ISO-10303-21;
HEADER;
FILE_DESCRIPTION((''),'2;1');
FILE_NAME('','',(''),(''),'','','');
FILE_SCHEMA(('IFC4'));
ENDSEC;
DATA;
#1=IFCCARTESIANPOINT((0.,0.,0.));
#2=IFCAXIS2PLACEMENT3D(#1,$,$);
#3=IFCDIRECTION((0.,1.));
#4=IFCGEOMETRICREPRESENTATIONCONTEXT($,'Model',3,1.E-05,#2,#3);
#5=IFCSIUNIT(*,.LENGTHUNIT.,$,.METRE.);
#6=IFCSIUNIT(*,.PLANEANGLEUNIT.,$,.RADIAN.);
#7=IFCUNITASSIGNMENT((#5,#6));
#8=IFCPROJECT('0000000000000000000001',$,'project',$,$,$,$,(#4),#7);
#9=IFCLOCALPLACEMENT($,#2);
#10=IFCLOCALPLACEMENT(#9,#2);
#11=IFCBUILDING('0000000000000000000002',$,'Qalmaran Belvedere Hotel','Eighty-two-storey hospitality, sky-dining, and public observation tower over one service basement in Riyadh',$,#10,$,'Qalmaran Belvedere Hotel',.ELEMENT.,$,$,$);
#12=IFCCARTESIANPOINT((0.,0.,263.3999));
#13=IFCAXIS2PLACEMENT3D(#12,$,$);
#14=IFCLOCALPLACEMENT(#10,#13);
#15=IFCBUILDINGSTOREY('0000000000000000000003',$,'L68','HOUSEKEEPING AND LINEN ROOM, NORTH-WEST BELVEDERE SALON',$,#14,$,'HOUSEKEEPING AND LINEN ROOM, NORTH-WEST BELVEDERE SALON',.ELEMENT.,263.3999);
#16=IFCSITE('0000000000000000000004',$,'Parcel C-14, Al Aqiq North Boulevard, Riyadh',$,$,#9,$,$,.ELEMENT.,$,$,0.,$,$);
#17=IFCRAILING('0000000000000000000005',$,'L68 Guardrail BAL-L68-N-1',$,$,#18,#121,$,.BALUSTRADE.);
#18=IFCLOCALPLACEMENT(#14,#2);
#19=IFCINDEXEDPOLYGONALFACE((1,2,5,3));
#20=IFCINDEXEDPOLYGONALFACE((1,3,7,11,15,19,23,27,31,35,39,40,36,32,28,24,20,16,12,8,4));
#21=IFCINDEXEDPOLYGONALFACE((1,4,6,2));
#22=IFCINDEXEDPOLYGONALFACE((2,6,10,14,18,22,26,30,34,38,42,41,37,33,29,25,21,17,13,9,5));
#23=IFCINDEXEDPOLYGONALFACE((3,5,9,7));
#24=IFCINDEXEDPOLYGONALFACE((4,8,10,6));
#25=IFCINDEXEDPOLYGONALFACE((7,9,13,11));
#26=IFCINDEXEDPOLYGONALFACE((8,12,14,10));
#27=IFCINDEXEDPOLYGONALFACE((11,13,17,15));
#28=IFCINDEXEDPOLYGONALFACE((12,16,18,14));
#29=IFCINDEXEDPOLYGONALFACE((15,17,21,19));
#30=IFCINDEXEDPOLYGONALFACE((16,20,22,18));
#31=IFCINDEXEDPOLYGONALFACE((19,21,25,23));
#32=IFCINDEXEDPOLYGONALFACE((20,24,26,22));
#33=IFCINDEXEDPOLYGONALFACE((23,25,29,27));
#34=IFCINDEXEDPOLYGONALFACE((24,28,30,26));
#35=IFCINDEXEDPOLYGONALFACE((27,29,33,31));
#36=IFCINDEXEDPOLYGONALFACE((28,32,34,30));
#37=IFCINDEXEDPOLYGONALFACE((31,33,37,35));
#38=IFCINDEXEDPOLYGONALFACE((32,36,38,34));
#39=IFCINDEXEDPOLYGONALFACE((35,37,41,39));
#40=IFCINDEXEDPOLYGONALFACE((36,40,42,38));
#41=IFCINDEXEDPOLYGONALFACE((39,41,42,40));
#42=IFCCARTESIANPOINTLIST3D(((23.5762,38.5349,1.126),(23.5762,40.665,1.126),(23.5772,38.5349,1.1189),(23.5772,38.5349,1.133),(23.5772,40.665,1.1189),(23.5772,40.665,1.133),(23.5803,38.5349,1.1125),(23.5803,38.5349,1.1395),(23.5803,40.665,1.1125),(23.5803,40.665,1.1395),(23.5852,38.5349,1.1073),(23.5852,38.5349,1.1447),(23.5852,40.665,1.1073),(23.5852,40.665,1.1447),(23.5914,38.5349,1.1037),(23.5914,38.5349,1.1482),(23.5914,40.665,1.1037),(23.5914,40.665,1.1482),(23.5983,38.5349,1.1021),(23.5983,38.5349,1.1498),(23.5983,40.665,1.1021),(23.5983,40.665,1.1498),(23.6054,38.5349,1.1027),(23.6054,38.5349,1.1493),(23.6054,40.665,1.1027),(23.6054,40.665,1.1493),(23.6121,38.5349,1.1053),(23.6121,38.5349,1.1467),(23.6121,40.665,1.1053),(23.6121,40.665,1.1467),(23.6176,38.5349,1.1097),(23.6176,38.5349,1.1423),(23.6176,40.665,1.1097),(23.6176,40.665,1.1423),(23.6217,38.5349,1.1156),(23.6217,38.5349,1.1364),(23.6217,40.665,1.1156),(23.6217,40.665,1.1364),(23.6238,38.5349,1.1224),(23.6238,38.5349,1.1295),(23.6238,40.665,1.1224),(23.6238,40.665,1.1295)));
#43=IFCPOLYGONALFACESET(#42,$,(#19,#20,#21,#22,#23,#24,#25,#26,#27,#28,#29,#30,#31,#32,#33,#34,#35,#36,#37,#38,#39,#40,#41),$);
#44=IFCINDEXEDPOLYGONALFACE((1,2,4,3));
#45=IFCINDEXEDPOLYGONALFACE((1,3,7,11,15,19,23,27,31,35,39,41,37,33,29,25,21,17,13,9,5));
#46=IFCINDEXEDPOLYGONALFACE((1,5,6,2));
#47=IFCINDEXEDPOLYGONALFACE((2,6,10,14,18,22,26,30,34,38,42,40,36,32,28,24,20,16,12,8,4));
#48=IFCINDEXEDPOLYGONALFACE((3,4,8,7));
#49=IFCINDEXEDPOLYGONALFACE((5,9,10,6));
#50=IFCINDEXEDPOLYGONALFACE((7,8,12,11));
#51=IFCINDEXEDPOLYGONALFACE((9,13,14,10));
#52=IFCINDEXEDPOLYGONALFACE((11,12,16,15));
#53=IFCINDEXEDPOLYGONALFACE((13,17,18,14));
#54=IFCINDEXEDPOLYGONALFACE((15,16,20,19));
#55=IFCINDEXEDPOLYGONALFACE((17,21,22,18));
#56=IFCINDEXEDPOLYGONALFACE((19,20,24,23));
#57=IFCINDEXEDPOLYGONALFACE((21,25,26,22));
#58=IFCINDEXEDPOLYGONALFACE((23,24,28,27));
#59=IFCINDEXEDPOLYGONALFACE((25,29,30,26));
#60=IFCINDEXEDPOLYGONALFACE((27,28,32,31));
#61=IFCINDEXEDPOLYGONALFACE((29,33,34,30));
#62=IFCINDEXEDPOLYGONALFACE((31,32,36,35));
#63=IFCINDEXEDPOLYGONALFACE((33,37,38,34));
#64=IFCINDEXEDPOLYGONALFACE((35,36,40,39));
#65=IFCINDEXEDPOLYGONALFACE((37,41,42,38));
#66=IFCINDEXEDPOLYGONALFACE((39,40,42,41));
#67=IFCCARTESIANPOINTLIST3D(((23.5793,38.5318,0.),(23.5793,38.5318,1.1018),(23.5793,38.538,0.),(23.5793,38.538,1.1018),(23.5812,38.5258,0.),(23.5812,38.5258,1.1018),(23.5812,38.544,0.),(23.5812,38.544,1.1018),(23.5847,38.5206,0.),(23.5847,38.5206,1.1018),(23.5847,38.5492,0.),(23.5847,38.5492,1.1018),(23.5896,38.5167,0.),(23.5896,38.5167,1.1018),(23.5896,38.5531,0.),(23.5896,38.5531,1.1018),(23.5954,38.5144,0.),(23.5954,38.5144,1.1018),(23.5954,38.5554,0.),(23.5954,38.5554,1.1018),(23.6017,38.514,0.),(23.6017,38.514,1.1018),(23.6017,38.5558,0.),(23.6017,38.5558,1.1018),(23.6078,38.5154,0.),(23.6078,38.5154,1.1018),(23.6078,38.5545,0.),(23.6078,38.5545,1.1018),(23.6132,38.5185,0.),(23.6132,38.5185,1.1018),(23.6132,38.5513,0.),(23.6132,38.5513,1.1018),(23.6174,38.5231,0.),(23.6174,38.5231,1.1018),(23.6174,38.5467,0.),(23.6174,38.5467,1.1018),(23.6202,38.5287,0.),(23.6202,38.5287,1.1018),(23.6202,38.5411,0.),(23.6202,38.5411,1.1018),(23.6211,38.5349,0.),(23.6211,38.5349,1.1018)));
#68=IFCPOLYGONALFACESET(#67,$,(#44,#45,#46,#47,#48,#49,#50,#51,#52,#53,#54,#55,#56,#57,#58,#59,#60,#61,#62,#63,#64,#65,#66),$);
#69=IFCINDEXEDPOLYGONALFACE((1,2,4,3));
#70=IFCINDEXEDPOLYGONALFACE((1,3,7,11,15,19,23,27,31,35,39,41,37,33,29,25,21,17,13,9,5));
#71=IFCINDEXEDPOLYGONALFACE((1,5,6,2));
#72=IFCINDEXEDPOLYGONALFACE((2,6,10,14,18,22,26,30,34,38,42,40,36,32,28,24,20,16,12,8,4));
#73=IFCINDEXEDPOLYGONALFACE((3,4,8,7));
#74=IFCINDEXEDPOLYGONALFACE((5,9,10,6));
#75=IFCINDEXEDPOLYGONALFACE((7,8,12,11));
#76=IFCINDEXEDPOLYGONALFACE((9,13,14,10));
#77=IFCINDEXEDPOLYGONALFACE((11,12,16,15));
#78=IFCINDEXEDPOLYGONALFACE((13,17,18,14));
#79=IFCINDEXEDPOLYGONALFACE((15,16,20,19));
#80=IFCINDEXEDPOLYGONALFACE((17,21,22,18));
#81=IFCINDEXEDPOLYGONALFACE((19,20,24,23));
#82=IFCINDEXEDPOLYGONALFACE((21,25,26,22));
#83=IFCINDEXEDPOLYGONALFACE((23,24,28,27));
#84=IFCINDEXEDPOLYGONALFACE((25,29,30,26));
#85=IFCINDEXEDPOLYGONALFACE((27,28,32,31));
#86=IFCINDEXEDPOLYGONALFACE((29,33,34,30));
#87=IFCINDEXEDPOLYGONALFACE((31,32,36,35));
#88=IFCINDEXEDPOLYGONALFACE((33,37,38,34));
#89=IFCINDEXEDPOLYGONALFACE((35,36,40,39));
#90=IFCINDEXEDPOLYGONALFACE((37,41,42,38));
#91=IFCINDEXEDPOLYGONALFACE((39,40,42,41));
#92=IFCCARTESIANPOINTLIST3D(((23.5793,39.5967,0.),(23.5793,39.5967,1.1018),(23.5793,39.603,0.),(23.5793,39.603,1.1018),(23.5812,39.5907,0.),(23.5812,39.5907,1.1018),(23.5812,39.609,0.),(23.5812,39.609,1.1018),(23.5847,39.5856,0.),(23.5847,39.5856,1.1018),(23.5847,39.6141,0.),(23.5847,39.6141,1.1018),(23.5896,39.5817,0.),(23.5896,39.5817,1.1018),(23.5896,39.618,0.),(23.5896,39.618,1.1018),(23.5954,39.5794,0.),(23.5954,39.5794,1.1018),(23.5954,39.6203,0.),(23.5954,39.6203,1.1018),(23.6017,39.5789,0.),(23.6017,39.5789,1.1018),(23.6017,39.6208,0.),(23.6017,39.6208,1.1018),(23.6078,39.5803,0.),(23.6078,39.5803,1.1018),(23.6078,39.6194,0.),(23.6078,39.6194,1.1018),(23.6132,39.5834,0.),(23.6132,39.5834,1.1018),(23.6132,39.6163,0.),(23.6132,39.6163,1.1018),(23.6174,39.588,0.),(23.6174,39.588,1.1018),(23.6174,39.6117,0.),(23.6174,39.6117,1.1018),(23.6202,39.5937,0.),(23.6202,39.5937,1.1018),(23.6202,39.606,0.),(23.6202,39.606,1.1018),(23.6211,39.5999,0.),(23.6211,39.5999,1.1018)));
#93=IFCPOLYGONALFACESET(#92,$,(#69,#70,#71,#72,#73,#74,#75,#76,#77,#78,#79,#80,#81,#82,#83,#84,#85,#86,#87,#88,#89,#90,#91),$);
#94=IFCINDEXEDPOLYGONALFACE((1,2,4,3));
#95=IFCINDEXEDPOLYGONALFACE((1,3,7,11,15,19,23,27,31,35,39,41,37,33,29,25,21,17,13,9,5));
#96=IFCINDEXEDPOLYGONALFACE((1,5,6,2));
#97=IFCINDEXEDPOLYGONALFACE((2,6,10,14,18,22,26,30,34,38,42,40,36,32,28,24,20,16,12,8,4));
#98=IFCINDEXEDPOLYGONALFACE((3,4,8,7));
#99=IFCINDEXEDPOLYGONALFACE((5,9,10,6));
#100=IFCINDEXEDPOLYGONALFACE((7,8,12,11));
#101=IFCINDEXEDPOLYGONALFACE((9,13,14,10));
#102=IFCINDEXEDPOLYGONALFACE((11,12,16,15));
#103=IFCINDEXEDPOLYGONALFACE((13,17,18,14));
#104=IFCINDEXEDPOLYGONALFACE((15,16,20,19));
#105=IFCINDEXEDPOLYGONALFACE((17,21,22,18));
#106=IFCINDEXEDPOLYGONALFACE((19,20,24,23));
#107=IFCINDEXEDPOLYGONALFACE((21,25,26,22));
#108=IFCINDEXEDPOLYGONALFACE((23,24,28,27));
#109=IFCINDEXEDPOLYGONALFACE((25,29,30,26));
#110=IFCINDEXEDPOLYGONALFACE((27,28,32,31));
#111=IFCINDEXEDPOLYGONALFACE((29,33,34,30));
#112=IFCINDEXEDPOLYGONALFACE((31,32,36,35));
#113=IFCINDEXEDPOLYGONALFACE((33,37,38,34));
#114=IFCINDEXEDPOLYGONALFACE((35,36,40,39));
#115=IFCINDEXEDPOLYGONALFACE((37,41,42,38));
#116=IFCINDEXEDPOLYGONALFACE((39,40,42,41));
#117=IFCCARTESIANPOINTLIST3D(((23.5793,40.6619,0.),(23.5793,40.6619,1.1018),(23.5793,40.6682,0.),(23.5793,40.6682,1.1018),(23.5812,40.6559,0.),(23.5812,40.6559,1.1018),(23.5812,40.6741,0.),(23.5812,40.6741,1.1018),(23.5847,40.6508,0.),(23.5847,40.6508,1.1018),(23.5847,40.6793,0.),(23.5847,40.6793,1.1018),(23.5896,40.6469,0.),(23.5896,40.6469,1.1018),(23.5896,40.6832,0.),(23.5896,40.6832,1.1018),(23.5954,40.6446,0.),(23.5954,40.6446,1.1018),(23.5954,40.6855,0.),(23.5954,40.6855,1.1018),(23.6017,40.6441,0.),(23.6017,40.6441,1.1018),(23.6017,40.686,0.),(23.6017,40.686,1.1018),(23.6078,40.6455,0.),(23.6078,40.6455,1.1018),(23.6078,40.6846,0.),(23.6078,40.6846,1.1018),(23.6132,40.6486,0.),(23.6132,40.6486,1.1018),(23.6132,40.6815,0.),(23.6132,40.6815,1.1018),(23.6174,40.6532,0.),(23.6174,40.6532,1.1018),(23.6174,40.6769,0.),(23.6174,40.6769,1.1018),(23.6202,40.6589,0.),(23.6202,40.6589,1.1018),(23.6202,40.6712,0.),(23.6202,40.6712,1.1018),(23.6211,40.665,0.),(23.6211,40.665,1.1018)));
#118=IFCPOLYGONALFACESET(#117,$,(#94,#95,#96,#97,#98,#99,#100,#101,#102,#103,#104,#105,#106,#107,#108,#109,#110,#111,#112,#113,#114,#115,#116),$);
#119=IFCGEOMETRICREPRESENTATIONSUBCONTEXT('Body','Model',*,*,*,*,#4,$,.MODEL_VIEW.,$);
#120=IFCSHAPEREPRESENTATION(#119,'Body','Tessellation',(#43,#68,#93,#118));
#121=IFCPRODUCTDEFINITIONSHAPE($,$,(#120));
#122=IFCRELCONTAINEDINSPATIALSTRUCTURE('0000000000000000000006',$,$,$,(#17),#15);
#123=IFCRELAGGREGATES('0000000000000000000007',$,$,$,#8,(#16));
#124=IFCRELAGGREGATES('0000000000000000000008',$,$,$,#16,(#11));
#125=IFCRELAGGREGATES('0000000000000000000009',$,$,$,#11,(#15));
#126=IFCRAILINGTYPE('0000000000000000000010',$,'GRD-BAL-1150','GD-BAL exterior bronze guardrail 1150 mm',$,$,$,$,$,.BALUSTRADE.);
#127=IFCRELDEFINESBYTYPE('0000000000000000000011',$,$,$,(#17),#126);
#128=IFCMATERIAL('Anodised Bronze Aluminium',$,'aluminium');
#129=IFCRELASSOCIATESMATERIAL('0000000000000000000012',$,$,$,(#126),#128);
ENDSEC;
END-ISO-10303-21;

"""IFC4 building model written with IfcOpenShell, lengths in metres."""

from ifc_helpers import new_model, si_unit, direction, frame, origin, origin_2d, place, context, subcontext, project, spatial, circle, extrude, material, type_object, element, save


model = new_model("IFC4")

# Units and contexts
model_context = context("Model", 3, precision=1e-05, world=origin(), true_north=direction((0.0, 1.0)))
body_context = subcontext(model_context, "Body", "Model", "MODEL_VIEW")
ifc_project = project(units=[si_unit("LENGTHUNIT", "METRE"), si_unit("PLANEANGLEUNIT", "RADIAN")], contexts=[model_context])

# Site, building, storey
site_placement = place(None, origin())
site = spatial("IfcSite", under=ifc_project, at=site_placement, Name="Parcel C-14, Al Aqiq North Boulevard, Riyadh", CompositionType="ELEMENT", RefElevation=0.0)
building_placement = place(site_placement, origin())
building = spatial("IfcBuilding", under=site, at=building_placement, Name="Qalmaran Belvedere Hotel", Description="Eighty-two-storey hospitality, sky-dining, and public observation tower over one service basement in Riyadh", LongName="Qalmaran Belvedere Hotel", CompositionType="ELEMENT")
storey_placement = place(building_placement, frame((0.0, 0.0, 263.3999)))
storey = spatial("IfcBuildingStorey", under=building, at=storey_placement, Name="L68", Description="HOUSEKEEPING AND LINEN ROOM, NORTH-WEST BELVEDERE SALON", LongName="HOUSEKEEPING AND LINEN ROOM, NORTH-WEST BELVEDERE SALON", CompositionType="ELEMENT", Elevation=263.3999)

# Shared definitions
ifc_material_1 = material(Name="Anodised Bronze Aluminium", Category="aluminium")

# Railing
railing_type = type_object("IfcRailingType", Name="GRD-BAL-1150", Description="GD-BAL exterior bronze guardrail 1150 mm", PredefinedType="BALUSTRADE", material=ifc_material_1)
railing_1_placement = place(storey_placement, frame((23.6001, 38.5349, 0.0)))
element("IfcRailing", 1, at=railing_1_placement, inside=storey, type_object=railing_type, Name="L68 Guardrail BAL-L68-N-1", PredefinedType="BALUSTRADE", context=body_context, shape_type="SweptSolid", body=[
    extrude(circle(Radius=0.0239, at=origin_2d()), frame((0.0, 0.0, 1.126), z_axis=(0.0, 1.0, 0.0), x_axis=(-1.0, 0.0, 0.0)), (0.0, 0.0, 1.0), 2.1301),
    extrude(circle(Radius=0.021, at=origin_2d()), origin(), (0.0, 0.0, 1.0), 1.1018),
    extrude(circle(Radius=0.021, at=origin_2d()), frame((0.0, 1.0649, 0.0)), (0.0, 0.0, 1.0), 1.1018),
    extrude(circle(Radius=0.021, at=origin_2d()), frame((0.0, 2.1301, 0.0)), (0.0, 0.0, 1.0), 1.1018),
])

save(model, "model.ifc")
